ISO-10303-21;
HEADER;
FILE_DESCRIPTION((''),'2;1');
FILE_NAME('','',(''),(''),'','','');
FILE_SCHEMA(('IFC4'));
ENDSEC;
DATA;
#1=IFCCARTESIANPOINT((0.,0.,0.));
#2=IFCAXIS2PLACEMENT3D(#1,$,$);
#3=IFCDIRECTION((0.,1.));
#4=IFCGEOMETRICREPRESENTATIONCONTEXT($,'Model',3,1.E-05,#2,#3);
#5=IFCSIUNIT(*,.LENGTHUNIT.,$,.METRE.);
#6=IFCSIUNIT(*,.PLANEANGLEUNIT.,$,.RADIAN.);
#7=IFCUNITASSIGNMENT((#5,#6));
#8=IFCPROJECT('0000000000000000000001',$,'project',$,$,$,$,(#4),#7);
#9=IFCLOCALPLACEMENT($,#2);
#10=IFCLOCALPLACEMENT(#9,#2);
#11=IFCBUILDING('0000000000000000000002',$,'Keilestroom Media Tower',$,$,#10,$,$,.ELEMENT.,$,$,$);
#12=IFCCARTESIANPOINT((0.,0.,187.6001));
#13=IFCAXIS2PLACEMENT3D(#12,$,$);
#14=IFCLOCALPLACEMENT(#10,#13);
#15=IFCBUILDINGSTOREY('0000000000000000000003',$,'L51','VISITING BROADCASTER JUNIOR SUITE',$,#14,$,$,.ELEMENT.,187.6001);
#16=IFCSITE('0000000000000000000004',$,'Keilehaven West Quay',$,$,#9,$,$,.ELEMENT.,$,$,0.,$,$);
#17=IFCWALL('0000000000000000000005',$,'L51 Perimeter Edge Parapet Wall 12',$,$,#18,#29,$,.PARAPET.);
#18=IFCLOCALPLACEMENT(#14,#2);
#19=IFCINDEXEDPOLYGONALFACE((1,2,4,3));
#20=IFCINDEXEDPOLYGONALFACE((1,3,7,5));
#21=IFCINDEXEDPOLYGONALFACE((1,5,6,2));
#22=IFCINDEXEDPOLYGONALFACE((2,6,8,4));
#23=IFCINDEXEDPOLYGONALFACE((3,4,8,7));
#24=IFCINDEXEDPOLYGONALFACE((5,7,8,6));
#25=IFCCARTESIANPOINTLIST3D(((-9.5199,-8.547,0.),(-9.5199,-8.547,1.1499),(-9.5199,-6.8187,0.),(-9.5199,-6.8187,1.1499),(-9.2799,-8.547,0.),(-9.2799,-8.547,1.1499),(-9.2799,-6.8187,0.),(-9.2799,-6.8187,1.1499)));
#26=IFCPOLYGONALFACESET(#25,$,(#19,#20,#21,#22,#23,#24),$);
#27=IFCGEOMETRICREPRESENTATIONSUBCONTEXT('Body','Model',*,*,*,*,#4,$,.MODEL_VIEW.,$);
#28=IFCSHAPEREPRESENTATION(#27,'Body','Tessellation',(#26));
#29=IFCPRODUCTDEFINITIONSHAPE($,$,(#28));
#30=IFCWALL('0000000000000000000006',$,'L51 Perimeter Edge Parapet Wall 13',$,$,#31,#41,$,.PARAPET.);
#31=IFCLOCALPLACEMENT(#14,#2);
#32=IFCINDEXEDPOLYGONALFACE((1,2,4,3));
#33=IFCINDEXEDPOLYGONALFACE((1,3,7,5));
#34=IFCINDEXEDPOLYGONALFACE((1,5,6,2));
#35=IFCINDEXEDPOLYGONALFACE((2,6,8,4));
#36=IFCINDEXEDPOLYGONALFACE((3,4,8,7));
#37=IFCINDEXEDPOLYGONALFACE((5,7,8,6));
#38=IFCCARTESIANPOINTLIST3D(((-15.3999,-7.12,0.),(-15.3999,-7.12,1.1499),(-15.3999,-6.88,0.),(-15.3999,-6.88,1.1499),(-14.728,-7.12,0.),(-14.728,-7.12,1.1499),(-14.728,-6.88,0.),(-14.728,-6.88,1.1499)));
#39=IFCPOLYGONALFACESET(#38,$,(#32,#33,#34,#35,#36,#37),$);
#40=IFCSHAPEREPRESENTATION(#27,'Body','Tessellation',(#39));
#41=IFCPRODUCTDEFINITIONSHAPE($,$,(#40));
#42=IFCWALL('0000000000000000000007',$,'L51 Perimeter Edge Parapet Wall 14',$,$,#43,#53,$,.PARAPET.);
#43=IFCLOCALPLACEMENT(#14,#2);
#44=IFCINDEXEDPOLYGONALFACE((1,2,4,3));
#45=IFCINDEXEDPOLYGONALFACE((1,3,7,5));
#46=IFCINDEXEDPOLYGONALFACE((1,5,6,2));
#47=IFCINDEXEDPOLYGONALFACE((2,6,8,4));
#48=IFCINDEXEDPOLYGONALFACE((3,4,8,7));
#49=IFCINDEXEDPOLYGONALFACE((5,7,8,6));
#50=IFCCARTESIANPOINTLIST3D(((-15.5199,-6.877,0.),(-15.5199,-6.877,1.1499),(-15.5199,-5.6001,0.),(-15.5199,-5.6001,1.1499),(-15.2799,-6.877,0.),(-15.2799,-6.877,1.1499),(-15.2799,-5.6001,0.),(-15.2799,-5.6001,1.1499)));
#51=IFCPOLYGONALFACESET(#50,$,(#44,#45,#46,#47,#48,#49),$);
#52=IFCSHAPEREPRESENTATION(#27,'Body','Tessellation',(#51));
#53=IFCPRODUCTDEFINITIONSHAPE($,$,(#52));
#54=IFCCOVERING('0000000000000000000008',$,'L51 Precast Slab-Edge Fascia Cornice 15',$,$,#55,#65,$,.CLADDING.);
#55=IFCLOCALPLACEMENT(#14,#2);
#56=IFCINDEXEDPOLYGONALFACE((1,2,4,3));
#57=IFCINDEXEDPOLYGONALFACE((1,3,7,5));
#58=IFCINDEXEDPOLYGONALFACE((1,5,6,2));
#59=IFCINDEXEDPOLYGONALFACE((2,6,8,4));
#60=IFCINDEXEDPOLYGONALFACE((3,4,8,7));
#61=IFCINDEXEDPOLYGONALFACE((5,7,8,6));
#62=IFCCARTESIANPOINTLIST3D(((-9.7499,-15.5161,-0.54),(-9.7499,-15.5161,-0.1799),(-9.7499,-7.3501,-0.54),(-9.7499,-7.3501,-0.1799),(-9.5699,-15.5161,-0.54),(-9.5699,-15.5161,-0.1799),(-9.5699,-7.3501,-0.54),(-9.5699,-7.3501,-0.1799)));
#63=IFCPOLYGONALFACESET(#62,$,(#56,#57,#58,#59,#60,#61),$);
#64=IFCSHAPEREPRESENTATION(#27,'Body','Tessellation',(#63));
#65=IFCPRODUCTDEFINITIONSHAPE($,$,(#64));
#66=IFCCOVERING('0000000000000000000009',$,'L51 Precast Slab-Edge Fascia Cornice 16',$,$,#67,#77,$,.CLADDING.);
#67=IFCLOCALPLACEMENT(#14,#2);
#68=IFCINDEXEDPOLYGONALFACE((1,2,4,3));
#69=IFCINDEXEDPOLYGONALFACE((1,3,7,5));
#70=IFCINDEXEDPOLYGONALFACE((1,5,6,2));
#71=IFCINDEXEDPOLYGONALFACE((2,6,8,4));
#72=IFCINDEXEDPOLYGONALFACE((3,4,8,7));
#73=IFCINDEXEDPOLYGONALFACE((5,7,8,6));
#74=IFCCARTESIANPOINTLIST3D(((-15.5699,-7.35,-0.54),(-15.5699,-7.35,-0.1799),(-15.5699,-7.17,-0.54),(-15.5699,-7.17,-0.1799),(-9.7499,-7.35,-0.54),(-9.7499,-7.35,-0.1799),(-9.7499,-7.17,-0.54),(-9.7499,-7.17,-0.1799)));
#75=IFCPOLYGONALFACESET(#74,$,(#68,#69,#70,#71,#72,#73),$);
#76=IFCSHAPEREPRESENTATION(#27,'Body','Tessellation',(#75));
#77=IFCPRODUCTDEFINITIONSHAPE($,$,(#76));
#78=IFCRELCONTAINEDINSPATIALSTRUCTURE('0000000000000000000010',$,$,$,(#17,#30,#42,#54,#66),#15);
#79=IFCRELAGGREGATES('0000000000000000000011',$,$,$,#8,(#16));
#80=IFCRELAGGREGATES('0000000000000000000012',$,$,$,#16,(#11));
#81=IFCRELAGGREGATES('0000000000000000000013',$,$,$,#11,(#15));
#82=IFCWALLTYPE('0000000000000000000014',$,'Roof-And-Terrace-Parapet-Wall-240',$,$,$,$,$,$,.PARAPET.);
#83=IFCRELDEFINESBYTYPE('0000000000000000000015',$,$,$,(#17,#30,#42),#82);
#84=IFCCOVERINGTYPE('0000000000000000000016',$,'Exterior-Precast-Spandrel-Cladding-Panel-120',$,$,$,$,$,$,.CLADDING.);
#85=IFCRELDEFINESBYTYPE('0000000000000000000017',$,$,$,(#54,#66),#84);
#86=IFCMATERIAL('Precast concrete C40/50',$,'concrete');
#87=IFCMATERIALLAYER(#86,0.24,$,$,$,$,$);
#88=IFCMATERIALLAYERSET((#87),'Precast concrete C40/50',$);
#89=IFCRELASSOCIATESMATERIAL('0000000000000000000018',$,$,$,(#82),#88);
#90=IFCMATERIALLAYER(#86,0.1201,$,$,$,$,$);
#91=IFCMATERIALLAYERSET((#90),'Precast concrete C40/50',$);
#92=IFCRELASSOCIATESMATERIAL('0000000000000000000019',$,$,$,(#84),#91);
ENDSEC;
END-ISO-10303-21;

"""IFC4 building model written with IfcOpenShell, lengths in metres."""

from ifc_helpers import new_model, si_unit, direction, frame, frame_2d, origin, origin_2d, place, context, subcontext, project, spatial, rectangle, extrude, source, transform, mapped, material, layer, layer_set, type_object, element, save


model = new_model("IFC4")

# Units and contexts
model_context = context("Model", 3, precision=1e-05, world=origin(), true_north=direction((0.0, 1.0)))
body_context = subcontext(model_context, "Body", "Model", "MODEL_VIEW")
ifc_project = project(units=[si_unit("LENGTHUNIT", "METRE"), si_unit("PLANEANGLEUNIT", "RADIAN")], contexts=[model_context])

# Site, building, storey
site_placement = place(None, origin())
site = spatial("IfcSite", under=ifc_project, at=site_placement, Name="Keilehaven West Quay", CompositionType="ELEMENT", RefElevation=0.0)
building_placement = place(site_placement, origin())
building = spatial("IfcBuilding", under=site, at=building_placement, Name="Keilestroom Media Tower", CompositionType="ELEMENT")
storey_placement = place(building_placement, frame((0.0, 0.0, 187.6001)))
storey = spatial("IfcBuildingStorey", under=building, at=storey_placement, Name="L51", Description="VISITING BROADCASTER JUNIOR SUITE", CompositionType="ELEMENT", Elevation=187.6001)

# Shared definitions
ifc_material_1 = material(Name="Precast concrete C40/50", Category="concrete")

# Walls
ifc_layer_1 = layer(ifc_material_1, 0.24)
ifc_layer_set_1 = layer_set([ifc_layer_1], Name="Precast concrete C40/50")
wall_type_1 = type_object("IfcWallType", Name="Roof-And-Terrace-Parapet-Wall-240", PredefinedType="PARAPET", material=ifc_layer_set_1)
wall_1_placement = place(storey_placement, frame((-9.3999, -8.5471, 0.0), z_axis=(0.0, 0.0, 1.0), x_axis=(0.0, 1.0, 0.0)))
element("IfcWall", 1, at=wall_1_placement, inside=storey, type_object=wall_type_1, Name="L51 Perimeter Edge Parapet Wall 12", PredefinedType="PARAPET", context=body_context, shape_type="SweptSolid", body=[
    extrude(rectangle(XDim=1.7283, YDim=0.24, at=frame_2d((0.8643, 0.0))), origin(), (0.0, 0.0, 1.0), 1.1499),
])
wall_2_placement = place(storey_placement, frame((-14.728, -7.0, 0.0), z_axis=(0.0, 0.0, 1.0), x_axis=(-1.0, 0.0, 0.0)))
element("IfcWall", 2, at=wall_2_placement, inside=storey, type_object=wall_type_1, Name="L51 Perimeter Edge Parapet Wall 13", PredefinedType="PARAPET", context=body_context, shape_type="SweptSolid", body=[
    extrude(rectangle(XDim=0.6719, YDim=0.24, at=frame_2d((0.3359, 0.0))), origin(), (0.0, 0.0, 1.0), 1.1499),
])
wall_3_placement = place(storey_placement, frame((-15.3999, -6.877, 0.0), z_axis=(0.0, 0.0, 1.0), x_axis=(0.0, 1.0, 0.0)))
element("IfcWall", 3, at=wall_3_placement, inside=storey, type_object=wall_type_1, Name="L51 Perimeter Edge Parapet Wall 14", PredefinedType="PARAPET", context=body_context, shape_type="SweptSolid", body=[
    extrude(rectangle(XDim=1.2769, YDim=0.24, at=frame_2d((0.6384, 0.0))), origin(), (0.0, 0.0, 1.0), 1.1499),
])

# Coverings
ifc_layer_2 = layer(ifc_material_1, 0.1201)
ifc_layer_set_2 = layer_set([ifc_layer_2], Name="Precast concrete C40/50")
covering_type = type_object("IfcCoveringType", Name="Exterior-Precast-Spandrel-Cladding-Panel-120", PredefinedType="CLADDING", material=ifc_layer_set_2)
shared_shape_1 = source(origin(), body_context, "Body", "SweptSolid", [
    extrude(rectangle(XDim=8.166, YDim=0.1799, at=origin_2d()), origin(), (0.0, 0.0, 1.0), 0.3601),
])
covering_1_placement = place(storey_placement, frame((-9.6599, -11.4331, -0.54), z_axis=(0.0, 0.0, 1.0), x_axis=(0.0, 1.0, 0.0)))
element("IfcCovering", 4, at=covering_1_placement, inside=storey, type_object=covering_type, Name="L51 Precast Slab-Edge Fascia Cornice 15", PredefinedType="CLADDING", context=body_context, shape_type="MappedRepresentation", body=[
    mapped(shared_shape_1, transform((0.0, 0.0, 0.0), x_axis=(1.0, 0.0, 0.0), y_axis=(0.0, 1.0, 0.0), z_axis=(0.0, 0.0, 1.0), scale=1.0)),
])
shared_shape_2 = source(origin(), body_context, "Body", "SweptSolid", [
    extrude(rectangle(XDim=5.8201, YDim=0.1799, at=origin_2d()), origin(), (0.0, 0.0, 1.0), 0.3601),
])
covering_2_placement = place(storey_placement, frame((-12.6599, -7.26, -0.54), z_axis=(0.0, 0.0, 1.0), x_axis=(-1.0, 0.0, 0.0)))
element("IfcCovering", 5, at=covering_2_placement, inside=storey, type_object=covering_type, Name="L51 Precast Slab-Edge Fascia Cornice 16", PredefinedType="CLADDING", context=body_context, shape_type="MappedRepresentation", body=[
    mapped(shared_shape_2, transform((0.0, 0.0, 0.0), x_axis=(1.0, 0.0, 0.0), y_axis=(0.0, 1.0, 0.0), z_axis=(0.0, 0.0, 1.0), scale=1.0)),
])

save(model, "model.ifc")
